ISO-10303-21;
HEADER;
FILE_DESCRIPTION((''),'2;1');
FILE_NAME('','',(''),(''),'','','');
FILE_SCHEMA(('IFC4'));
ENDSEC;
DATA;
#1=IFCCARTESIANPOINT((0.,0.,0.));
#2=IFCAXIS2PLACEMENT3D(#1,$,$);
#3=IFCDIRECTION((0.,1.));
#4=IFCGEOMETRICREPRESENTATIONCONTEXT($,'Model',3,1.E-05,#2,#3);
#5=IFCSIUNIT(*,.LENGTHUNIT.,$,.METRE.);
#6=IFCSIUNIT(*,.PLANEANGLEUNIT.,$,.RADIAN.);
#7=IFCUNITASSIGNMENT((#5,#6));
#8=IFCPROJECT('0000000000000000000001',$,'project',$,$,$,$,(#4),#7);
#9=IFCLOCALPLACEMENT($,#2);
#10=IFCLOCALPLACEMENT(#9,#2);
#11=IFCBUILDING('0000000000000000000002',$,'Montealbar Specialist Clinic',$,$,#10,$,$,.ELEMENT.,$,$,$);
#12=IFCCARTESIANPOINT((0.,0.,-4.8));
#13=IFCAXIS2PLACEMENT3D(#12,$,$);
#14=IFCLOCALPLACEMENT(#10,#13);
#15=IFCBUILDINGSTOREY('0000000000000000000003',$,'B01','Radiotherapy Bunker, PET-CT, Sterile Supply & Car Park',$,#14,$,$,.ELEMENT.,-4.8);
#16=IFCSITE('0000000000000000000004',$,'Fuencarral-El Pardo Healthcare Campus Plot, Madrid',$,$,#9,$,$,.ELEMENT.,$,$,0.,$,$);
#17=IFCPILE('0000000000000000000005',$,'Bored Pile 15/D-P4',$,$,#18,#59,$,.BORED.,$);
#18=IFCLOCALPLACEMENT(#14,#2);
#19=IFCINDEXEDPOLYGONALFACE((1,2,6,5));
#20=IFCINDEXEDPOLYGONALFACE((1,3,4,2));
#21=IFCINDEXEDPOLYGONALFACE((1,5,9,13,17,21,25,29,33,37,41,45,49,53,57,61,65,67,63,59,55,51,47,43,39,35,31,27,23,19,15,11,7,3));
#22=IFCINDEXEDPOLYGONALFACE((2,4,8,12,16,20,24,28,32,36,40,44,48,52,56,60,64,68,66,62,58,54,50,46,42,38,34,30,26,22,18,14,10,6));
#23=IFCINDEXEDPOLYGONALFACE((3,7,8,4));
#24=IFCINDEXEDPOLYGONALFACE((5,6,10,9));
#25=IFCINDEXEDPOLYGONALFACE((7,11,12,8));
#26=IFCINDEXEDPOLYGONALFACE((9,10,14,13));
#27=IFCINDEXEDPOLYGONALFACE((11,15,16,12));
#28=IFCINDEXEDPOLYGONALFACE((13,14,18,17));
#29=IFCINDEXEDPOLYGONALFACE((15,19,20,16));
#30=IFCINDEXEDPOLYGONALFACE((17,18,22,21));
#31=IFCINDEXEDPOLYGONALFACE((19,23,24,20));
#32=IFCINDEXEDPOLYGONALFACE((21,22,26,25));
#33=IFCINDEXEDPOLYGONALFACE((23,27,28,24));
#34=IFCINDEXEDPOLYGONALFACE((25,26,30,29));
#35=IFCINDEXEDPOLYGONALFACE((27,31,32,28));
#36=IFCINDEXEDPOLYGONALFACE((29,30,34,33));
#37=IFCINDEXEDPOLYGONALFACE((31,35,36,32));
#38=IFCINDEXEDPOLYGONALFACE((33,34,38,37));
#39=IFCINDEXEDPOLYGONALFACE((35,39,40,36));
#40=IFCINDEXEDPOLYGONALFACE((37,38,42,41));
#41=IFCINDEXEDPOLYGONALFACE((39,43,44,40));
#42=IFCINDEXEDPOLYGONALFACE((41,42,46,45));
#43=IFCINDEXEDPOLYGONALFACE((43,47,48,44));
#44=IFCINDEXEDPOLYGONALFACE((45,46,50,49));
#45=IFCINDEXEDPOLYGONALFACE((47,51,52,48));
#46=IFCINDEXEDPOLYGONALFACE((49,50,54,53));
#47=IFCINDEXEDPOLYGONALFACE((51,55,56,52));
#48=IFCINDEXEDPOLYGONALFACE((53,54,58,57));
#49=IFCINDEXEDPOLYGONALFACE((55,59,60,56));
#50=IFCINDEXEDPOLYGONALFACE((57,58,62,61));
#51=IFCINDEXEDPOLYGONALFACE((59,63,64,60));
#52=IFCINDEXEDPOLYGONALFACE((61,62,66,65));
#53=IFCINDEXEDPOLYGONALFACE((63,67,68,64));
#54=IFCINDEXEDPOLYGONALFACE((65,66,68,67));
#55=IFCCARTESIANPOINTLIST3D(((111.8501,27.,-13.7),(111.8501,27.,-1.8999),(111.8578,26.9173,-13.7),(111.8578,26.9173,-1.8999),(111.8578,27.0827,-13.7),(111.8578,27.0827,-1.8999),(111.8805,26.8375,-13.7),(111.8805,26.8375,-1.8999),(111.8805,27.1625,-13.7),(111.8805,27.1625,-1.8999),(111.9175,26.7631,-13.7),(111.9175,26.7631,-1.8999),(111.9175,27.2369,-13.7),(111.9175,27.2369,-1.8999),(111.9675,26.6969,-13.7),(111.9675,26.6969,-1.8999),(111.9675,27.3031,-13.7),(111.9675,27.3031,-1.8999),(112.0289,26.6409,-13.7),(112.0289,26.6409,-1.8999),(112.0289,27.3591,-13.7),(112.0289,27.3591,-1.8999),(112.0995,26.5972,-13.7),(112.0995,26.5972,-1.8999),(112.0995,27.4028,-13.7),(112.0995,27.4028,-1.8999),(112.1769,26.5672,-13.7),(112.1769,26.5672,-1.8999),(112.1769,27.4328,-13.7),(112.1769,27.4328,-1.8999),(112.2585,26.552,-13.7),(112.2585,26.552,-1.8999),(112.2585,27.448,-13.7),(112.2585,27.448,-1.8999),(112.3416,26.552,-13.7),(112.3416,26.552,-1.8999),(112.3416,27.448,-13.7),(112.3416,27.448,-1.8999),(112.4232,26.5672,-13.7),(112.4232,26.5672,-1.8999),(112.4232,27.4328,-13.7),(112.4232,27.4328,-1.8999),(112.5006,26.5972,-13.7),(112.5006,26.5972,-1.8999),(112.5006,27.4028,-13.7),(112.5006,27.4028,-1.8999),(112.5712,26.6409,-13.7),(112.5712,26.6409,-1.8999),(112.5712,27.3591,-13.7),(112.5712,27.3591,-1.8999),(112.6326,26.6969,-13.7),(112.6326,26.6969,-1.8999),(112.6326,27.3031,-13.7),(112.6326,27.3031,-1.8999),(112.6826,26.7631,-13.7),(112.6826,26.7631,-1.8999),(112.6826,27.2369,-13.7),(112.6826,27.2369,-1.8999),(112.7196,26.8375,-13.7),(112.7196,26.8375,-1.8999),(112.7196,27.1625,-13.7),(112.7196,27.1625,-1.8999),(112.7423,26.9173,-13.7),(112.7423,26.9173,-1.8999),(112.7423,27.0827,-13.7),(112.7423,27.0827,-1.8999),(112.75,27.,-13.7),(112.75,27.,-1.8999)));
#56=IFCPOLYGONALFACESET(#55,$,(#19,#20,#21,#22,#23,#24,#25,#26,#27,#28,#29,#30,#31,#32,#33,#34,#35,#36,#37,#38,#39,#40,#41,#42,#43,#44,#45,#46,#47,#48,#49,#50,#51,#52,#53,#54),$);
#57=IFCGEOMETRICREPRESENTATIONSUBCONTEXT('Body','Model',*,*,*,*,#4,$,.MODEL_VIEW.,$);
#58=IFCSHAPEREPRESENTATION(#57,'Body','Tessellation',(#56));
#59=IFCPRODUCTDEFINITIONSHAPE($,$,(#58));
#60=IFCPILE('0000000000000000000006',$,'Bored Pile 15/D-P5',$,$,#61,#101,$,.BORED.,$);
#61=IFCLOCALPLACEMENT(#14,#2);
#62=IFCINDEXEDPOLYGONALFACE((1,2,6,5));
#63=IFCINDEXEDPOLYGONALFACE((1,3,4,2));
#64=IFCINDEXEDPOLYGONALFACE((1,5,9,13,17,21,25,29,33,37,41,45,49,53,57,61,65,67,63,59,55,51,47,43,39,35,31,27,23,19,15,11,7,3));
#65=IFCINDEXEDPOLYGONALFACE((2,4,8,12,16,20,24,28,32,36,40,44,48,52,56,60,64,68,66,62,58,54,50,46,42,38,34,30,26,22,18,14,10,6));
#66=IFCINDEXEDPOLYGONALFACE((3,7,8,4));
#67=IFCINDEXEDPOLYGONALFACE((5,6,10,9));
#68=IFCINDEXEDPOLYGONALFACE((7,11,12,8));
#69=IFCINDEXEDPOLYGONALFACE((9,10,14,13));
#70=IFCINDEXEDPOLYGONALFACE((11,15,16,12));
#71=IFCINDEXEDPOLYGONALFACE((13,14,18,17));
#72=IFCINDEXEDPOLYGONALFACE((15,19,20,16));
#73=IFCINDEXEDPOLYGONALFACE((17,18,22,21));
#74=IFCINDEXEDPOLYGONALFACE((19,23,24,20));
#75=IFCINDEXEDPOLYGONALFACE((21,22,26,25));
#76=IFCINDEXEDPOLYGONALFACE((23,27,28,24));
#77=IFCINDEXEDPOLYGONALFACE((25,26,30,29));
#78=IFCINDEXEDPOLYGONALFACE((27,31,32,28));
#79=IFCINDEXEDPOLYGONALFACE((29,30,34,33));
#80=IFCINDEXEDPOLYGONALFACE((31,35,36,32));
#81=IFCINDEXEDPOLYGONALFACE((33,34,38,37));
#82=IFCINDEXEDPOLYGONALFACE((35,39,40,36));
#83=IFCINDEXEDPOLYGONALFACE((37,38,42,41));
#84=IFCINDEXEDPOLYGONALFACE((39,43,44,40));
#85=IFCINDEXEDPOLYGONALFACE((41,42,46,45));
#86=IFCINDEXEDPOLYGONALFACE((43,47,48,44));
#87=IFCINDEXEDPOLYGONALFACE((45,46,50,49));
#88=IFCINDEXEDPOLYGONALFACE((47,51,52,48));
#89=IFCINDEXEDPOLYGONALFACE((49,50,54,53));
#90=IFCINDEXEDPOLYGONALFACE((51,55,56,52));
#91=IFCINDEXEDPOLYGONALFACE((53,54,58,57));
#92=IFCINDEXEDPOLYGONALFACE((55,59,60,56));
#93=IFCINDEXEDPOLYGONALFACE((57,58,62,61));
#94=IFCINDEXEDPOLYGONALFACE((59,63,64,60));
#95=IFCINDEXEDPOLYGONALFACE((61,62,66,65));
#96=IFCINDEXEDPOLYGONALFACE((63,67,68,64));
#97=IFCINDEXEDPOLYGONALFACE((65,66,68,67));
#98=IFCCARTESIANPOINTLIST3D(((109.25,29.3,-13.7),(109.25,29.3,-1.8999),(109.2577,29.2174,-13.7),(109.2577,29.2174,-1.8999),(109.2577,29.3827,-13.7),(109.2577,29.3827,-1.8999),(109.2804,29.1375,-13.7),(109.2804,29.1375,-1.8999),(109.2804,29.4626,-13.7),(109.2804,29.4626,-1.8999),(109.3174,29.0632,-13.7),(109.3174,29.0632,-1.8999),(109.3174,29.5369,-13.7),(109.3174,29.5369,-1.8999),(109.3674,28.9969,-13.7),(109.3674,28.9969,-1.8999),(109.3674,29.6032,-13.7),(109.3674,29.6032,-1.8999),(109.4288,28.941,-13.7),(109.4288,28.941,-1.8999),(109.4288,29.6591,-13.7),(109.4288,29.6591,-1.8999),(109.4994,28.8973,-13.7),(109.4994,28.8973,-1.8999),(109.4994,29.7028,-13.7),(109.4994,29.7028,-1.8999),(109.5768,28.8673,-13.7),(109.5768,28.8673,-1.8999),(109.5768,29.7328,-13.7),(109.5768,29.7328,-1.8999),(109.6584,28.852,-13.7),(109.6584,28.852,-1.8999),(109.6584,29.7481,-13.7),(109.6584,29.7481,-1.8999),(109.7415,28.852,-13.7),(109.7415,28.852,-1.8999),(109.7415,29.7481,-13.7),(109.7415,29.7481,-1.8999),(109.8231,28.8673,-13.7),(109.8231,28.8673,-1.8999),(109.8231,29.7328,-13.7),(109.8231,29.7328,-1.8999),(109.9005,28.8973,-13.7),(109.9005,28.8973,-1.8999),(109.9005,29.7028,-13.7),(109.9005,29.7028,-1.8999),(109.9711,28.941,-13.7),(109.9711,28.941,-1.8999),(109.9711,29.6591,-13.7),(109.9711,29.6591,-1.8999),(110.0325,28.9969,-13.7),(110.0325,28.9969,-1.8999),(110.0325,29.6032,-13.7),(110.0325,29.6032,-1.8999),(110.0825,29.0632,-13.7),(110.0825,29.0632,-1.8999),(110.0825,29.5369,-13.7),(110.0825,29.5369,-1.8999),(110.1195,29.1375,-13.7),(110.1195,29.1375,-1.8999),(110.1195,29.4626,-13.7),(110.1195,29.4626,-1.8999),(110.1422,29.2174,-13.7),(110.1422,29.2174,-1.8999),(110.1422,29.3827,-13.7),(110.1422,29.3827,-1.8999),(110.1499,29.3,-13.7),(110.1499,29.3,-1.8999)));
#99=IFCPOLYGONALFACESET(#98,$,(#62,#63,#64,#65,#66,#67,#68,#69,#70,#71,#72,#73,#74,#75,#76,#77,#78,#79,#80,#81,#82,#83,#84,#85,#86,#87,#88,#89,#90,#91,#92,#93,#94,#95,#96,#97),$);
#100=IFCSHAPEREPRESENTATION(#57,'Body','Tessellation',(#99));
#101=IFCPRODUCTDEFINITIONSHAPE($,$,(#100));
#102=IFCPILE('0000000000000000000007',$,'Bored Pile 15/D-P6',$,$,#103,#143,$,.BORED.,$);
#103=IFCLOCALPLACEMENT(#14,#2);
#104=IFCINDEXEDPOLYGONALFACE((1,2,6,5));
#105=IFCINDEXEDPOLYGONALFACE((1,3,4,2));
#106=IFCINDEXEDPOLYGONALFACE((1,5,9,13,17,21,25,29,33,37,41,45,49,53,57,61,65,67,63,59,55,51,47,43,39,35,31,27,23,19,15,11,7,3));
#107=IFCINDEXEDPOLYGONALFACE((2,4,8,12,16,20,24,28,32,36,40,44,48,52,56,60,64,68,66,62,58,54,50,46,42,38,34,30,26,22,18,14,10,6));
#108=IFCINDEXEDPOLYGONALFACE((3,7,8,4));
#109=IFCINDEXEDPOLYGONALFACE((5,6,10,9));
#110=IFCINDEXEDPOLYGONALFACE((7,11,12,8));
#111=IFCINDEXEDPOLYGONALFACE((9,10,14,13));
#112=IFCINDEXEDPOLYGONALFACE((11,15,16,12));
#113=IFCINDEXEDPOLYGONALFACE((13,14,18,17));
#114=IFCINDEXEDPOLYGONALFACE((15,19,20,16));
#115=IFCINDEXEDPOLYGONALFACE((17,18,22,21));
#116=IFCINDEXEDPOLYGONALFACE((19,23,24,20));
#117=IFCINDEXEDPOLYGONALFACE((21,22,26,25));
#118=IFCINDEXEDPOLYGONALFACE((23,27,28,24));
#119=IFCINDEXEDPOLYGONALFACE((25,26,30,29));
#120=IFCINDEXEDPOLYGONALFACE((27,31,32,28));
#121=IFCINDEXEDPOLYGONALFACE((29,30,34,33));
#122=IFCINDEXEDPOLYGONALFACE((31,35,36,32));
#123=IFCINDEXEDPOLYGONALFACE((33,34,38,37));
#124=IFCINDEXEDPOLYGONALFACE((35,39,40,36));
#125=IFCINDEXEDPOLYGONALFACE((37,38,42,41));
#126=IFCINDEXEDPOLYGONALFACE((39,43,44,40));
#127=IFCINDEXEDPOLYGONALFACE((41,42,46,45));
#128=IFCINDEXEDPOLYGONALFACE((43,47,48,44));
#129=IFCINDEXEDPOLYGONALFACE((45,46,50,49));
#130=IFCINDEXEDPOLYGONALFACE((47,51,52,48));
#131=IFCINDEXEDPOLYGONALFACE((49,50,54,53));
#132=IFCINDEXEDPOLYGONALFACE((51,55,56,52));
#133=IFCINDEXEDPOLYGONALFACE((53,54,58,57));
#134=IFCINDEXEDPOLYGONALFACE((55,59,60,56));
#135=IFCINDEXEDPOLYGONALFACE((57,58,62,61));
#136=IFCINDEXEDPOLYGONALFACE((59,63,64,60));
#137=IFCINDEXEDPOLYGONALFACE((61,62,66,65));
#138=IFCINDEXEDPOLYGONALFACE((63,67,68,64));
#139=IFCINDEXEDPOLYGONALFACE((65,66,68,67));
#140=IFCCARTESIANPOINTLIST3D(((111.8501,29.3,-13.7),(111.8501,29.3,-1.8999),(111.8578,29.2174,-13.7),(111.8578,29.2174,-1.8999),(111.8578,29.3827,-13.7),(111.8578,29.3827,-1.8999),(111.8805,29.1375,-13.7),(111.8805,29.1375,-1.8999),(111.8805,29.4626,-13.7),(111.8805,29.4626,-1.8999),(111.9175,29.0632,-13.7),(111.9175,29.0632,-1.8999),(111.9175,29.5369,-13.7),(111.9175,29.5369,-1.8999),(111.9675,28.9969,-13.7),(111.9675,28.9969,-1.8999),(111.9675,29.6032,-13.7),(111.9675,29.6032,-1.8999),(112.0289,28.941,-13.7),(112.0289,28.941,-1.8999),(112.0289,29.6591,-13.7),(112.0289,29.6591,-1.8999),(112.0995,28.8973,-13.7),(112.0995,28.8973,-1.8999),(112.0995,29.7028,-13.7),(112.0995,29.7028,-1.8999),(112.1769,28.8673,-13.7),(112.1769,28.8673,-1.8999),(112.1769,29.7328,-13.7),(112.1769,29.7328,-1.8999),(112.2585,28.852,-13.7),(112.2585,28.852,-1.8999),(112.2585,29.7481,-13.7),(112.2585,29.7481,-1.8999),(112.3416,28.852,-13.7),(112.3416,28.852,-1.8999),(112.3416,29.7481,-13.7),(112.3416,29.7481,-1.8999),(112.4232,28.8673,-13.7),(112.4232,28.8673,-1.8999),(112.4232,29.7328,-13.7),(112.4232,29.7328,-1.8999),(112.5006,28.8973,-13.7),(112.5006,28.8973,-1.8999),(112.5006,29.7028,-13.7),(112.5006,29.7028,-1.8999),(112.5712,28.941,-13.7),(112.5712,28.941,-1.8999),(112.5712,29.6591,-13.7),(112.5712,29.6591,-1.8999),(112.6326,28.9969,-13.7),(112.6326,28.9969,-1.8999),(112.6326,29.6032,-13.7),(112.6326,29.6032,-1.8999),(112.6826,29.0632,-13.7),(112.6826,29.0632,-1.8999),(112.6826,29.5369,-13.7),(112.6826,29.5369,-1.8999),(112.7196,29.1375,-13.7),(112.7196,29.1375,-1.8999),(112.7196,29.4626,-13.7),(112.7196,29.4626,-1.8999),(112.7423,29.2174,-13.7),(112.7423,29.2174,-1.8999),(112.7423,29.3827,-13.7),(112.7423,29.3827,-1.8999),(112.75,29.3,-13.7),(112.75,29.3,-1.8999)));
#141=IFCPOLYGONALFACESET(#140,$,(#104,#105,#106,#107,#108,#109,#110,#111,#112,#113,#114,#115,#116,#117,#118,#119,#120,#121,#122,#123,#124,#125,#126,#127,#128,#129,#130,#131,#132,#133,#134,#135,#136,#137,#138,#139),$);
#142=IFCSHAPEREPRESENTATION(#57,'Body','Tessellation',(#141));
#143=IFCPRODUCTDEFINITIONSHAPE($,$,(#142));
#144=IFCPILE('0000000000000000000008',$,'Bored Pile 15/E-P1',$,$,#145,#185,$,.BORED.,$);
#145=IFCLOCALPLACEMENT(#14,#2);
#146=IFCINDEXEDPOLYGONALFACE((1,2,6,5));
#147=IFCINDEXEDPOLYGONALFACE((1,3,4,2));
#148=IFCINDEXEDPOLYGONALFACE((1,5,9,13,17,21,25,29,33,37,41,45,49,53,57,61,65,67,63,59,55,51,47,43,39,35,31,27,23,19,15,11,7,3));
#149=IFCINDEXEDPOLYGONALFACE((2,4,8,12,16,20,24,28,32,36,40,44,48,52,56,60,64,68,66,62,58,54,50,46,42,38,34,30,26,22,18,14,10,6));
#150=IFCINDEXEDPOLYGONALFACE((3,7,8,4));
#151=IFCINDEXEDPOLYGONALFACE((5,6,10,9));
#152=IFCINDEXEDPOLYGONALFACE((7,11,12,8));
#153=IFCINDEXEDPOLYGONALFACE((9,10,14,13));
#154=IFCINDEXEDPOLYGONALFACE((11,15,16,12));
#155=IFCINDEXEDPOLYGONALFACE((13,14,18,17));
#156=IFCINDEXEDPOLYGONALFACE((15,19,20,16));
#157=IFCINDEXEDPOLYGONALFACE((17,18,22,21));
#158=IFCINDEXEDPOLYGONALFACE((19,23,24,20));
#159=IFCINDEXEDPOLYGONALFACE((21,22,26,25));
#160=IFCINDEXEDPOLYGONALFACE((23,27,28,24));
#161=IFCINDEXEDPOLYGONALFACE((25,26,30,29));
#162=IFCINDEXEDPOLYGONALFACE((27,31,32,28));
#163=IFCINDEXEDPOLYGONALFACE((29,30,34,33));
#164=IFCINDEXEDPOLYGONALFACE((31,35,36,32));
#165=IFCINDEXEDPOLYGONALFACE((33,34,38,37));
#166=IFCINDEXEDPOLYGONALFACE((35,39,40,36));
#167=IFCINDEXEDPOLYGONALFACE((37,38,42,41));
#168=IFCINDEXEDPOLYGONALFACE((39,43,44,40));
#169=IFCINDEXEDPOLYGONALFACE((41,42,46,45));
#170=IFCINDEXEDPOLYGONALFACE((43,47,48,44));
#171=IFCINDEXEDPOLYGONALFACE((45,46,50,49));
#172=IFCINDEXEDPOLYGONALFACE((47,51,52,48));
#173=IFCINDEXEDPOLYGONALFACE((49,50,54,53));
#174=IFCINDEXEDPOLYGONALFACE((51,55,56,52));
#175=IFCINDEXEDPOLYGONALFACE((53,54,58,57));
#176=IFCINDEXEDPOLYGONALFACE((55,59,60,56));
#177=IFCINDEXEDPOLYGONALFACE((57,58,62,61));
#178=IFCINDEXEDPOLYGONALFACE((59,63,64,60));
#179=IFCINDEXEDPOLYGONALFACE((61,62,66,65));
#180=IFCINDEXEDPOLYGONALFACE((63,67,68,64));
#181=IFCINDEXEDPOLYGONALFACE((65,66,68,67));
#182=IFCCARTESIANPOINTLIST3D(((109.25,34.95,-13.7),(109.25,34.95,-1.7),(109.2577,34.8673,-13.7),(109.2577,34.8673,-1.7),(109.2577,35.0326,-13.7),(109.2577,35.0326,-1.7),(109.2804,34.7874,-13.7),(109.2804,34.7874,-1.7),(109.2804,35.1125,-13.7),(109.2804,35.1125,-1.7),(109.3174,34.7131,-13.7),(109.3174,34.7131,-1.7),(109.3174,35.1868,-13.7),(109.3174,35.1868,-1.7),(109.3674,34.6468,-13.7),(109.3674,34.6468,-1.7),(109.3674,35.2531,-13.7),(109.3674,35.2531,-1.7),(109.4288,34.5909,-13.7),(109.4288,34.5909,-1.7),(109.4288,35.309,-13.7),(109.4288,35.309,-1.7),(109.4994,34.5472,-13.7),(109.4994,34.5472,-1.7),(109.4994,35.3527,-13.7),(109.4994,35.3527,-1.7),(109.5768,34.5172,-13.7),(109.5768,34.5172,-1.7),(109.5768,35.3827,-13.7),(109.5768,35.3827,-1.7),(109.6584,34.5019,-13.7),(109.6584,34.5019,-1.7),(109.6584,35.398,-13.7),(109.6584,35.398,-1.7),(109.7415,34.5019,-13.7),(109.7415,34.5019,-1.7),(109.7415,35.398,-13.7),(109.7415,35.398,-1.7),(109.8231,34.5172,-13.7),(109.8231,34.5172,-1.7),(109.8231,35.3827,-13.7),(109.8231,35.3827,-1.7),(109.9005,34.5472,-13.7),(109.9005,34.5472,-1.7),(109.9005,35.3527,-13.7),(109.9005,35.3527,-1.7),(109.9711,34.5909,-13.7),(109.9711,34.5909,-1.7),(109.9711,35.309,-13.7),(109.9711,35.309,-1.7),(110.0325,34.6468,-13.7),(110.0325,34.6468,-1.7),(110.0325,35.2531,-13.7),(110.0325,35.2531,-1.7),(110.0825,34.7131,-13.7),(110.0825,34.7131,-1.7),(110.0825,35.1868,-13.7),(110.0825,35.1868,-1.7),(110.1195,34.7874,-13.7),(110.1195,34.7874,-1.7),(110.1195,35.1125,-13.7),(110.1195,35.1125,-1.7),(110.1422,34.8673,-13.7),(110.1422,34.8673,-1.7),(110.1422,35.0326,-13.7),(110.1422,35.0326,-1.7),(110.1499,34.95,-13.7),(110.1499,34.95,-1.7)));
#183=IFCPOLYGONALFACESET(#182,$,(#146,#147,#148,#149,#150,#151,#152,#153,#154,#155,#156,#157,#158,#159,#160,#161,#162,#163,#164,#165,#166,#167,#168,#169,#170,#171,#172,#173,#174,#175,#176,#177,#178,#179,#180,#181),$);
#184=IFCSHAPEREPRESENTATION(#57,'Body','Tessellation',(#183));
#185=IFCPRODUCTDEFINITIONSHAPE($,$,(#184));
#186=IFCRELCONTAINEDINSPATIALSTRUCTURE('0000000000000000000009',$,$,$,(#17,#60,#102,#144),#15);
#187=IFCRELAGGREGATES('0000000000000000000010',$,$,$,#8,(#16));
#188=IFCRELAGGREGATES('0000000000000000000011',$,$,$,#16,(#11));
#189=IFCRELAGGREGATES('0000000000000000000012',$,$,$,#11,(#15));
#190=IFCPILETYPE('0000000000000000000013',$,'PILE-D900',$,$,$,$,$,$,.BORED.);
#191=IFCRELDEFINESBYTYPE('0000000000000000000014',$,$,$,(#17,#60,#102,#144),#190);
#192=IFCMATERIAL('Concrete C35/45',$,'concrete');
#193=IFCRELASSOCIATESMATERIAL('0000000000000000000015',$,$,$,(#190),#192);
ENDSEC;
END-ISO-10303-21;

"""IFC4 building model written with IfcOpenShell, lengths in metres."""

from ifc_helpers import new_model, si_unit, direction, frame, origin, origin_2d, place, context, subcontext, project, spatial, circle, extrude, material, material_profile, profile_set, type_object, element, save


model = new_model("IFC4")

# Units and contexts
model_context = context("Model", 3, precision=1e-05, world=origin(), true_north=direction((0.0, 1.0)))
body_context = subcontext(model_context, "Body", "Model", "MODEL_VIEW")
ifc_project = project(units=[si_unit("LENGTHUNIT", "METRE"), si_unit("PLANEANGLEUNIT", "RADIAN")], contexts=[model_context])

# Site, building, storey
site_placement = place(None, origin())
site = spatial("IfcSite", under=ifc_project, at=site_placement, Name="Fuencarral-El Pardo Healthcare Campus Plot, Madrid", CompositionType="ELEMENT", RefElevation=0.0)
building_placement = place(site_placement, origin())
building = spatial("IfcBuilding", under=site, at=building_placement, Name="Montealbar Specialist Clinic", CompositionType="ELEMENT")
storey_placement = place(building_placement, frame((0.0, 0.0, -4.8)))
storey = spatial("IfcBuildingStorey", under=building, at=storey_placement, Name="B01", Description="Radiotherapy Bunker, PET-CT, Sterile Supply & Car Park", CompositionType="ELEMENT", Elevation=-4.8)

# Shared definitions
ifc_material_1 = material(Name="Concrete C35/45", Category="concrete")

# Piles
ifc_material_profile_1 = material_profile(ifc_material_1, circle(Radius=0.45, at=origin_2d()), Name="PILE D900", Category="concrete")
ifc_profile_set_1 = profile_set([ifc_material_profile_1], Name="Concrete C35/45")
pile_type = type_object("IfcPileType", Name="PILE-D900", PredefinedType="BORED", material=ifc_profile_set_1)
for number, where, z_axis, x_axis, name in (
    (1, (112.3, 27.0, -1.8999), (0.0, 0.0, -1.0), (1.0, 0.0, 0.0), "Bored Pile 15/D-P4"),
    (2, (109.7, 29.3, -1.8999), (0.0, 0.0, -1.0), (1.0, 0.0, 0.0), "Bored Pile 15/D-P5"),
    (3, (112.3, 29.3, -1.8999), (0.0, 0.0, -1.0), (1.0, 0.0, 0.0), "Bored Pile 15/D-P6"),
):
    element("IfcPile", number, at=place(storey_placement, frame(where, z_axis=z_axis, x_axis=x_axis)), inside=storey, type_object=pile_type, Name=name, PredefinedType="BORED", context=body_context, shape_type="SweptSolid", body=[
        extrude(circle(Radius=0.45, at=origin_2d()), origin(), (0.0, 0.0, 1.0), 11.8),
    ])
for number, where, z_axis, x_axis, name in (
    (4, (109.7, 34.95, -1.7), (0.0, 0.0, -1.0), (1.0, 0.0, 0.0), "Bored Pile 15/E-P1"),
):
    element("IfcPile", number, at=place(storey_placement, frame(where, z_axis=z_axis, x_axis=x_axis)), inside=storey, type_object=pile_type, Name=name, PredefinedType="BORED", context=body_context, shape_type="SweptSolid", body=[
        extrude(circle(Radius=0.45, at=origin_2d()), origin(), (0.0, 0.0, 1.0), 12.0),
    ])

save(model, "model.ifc")
